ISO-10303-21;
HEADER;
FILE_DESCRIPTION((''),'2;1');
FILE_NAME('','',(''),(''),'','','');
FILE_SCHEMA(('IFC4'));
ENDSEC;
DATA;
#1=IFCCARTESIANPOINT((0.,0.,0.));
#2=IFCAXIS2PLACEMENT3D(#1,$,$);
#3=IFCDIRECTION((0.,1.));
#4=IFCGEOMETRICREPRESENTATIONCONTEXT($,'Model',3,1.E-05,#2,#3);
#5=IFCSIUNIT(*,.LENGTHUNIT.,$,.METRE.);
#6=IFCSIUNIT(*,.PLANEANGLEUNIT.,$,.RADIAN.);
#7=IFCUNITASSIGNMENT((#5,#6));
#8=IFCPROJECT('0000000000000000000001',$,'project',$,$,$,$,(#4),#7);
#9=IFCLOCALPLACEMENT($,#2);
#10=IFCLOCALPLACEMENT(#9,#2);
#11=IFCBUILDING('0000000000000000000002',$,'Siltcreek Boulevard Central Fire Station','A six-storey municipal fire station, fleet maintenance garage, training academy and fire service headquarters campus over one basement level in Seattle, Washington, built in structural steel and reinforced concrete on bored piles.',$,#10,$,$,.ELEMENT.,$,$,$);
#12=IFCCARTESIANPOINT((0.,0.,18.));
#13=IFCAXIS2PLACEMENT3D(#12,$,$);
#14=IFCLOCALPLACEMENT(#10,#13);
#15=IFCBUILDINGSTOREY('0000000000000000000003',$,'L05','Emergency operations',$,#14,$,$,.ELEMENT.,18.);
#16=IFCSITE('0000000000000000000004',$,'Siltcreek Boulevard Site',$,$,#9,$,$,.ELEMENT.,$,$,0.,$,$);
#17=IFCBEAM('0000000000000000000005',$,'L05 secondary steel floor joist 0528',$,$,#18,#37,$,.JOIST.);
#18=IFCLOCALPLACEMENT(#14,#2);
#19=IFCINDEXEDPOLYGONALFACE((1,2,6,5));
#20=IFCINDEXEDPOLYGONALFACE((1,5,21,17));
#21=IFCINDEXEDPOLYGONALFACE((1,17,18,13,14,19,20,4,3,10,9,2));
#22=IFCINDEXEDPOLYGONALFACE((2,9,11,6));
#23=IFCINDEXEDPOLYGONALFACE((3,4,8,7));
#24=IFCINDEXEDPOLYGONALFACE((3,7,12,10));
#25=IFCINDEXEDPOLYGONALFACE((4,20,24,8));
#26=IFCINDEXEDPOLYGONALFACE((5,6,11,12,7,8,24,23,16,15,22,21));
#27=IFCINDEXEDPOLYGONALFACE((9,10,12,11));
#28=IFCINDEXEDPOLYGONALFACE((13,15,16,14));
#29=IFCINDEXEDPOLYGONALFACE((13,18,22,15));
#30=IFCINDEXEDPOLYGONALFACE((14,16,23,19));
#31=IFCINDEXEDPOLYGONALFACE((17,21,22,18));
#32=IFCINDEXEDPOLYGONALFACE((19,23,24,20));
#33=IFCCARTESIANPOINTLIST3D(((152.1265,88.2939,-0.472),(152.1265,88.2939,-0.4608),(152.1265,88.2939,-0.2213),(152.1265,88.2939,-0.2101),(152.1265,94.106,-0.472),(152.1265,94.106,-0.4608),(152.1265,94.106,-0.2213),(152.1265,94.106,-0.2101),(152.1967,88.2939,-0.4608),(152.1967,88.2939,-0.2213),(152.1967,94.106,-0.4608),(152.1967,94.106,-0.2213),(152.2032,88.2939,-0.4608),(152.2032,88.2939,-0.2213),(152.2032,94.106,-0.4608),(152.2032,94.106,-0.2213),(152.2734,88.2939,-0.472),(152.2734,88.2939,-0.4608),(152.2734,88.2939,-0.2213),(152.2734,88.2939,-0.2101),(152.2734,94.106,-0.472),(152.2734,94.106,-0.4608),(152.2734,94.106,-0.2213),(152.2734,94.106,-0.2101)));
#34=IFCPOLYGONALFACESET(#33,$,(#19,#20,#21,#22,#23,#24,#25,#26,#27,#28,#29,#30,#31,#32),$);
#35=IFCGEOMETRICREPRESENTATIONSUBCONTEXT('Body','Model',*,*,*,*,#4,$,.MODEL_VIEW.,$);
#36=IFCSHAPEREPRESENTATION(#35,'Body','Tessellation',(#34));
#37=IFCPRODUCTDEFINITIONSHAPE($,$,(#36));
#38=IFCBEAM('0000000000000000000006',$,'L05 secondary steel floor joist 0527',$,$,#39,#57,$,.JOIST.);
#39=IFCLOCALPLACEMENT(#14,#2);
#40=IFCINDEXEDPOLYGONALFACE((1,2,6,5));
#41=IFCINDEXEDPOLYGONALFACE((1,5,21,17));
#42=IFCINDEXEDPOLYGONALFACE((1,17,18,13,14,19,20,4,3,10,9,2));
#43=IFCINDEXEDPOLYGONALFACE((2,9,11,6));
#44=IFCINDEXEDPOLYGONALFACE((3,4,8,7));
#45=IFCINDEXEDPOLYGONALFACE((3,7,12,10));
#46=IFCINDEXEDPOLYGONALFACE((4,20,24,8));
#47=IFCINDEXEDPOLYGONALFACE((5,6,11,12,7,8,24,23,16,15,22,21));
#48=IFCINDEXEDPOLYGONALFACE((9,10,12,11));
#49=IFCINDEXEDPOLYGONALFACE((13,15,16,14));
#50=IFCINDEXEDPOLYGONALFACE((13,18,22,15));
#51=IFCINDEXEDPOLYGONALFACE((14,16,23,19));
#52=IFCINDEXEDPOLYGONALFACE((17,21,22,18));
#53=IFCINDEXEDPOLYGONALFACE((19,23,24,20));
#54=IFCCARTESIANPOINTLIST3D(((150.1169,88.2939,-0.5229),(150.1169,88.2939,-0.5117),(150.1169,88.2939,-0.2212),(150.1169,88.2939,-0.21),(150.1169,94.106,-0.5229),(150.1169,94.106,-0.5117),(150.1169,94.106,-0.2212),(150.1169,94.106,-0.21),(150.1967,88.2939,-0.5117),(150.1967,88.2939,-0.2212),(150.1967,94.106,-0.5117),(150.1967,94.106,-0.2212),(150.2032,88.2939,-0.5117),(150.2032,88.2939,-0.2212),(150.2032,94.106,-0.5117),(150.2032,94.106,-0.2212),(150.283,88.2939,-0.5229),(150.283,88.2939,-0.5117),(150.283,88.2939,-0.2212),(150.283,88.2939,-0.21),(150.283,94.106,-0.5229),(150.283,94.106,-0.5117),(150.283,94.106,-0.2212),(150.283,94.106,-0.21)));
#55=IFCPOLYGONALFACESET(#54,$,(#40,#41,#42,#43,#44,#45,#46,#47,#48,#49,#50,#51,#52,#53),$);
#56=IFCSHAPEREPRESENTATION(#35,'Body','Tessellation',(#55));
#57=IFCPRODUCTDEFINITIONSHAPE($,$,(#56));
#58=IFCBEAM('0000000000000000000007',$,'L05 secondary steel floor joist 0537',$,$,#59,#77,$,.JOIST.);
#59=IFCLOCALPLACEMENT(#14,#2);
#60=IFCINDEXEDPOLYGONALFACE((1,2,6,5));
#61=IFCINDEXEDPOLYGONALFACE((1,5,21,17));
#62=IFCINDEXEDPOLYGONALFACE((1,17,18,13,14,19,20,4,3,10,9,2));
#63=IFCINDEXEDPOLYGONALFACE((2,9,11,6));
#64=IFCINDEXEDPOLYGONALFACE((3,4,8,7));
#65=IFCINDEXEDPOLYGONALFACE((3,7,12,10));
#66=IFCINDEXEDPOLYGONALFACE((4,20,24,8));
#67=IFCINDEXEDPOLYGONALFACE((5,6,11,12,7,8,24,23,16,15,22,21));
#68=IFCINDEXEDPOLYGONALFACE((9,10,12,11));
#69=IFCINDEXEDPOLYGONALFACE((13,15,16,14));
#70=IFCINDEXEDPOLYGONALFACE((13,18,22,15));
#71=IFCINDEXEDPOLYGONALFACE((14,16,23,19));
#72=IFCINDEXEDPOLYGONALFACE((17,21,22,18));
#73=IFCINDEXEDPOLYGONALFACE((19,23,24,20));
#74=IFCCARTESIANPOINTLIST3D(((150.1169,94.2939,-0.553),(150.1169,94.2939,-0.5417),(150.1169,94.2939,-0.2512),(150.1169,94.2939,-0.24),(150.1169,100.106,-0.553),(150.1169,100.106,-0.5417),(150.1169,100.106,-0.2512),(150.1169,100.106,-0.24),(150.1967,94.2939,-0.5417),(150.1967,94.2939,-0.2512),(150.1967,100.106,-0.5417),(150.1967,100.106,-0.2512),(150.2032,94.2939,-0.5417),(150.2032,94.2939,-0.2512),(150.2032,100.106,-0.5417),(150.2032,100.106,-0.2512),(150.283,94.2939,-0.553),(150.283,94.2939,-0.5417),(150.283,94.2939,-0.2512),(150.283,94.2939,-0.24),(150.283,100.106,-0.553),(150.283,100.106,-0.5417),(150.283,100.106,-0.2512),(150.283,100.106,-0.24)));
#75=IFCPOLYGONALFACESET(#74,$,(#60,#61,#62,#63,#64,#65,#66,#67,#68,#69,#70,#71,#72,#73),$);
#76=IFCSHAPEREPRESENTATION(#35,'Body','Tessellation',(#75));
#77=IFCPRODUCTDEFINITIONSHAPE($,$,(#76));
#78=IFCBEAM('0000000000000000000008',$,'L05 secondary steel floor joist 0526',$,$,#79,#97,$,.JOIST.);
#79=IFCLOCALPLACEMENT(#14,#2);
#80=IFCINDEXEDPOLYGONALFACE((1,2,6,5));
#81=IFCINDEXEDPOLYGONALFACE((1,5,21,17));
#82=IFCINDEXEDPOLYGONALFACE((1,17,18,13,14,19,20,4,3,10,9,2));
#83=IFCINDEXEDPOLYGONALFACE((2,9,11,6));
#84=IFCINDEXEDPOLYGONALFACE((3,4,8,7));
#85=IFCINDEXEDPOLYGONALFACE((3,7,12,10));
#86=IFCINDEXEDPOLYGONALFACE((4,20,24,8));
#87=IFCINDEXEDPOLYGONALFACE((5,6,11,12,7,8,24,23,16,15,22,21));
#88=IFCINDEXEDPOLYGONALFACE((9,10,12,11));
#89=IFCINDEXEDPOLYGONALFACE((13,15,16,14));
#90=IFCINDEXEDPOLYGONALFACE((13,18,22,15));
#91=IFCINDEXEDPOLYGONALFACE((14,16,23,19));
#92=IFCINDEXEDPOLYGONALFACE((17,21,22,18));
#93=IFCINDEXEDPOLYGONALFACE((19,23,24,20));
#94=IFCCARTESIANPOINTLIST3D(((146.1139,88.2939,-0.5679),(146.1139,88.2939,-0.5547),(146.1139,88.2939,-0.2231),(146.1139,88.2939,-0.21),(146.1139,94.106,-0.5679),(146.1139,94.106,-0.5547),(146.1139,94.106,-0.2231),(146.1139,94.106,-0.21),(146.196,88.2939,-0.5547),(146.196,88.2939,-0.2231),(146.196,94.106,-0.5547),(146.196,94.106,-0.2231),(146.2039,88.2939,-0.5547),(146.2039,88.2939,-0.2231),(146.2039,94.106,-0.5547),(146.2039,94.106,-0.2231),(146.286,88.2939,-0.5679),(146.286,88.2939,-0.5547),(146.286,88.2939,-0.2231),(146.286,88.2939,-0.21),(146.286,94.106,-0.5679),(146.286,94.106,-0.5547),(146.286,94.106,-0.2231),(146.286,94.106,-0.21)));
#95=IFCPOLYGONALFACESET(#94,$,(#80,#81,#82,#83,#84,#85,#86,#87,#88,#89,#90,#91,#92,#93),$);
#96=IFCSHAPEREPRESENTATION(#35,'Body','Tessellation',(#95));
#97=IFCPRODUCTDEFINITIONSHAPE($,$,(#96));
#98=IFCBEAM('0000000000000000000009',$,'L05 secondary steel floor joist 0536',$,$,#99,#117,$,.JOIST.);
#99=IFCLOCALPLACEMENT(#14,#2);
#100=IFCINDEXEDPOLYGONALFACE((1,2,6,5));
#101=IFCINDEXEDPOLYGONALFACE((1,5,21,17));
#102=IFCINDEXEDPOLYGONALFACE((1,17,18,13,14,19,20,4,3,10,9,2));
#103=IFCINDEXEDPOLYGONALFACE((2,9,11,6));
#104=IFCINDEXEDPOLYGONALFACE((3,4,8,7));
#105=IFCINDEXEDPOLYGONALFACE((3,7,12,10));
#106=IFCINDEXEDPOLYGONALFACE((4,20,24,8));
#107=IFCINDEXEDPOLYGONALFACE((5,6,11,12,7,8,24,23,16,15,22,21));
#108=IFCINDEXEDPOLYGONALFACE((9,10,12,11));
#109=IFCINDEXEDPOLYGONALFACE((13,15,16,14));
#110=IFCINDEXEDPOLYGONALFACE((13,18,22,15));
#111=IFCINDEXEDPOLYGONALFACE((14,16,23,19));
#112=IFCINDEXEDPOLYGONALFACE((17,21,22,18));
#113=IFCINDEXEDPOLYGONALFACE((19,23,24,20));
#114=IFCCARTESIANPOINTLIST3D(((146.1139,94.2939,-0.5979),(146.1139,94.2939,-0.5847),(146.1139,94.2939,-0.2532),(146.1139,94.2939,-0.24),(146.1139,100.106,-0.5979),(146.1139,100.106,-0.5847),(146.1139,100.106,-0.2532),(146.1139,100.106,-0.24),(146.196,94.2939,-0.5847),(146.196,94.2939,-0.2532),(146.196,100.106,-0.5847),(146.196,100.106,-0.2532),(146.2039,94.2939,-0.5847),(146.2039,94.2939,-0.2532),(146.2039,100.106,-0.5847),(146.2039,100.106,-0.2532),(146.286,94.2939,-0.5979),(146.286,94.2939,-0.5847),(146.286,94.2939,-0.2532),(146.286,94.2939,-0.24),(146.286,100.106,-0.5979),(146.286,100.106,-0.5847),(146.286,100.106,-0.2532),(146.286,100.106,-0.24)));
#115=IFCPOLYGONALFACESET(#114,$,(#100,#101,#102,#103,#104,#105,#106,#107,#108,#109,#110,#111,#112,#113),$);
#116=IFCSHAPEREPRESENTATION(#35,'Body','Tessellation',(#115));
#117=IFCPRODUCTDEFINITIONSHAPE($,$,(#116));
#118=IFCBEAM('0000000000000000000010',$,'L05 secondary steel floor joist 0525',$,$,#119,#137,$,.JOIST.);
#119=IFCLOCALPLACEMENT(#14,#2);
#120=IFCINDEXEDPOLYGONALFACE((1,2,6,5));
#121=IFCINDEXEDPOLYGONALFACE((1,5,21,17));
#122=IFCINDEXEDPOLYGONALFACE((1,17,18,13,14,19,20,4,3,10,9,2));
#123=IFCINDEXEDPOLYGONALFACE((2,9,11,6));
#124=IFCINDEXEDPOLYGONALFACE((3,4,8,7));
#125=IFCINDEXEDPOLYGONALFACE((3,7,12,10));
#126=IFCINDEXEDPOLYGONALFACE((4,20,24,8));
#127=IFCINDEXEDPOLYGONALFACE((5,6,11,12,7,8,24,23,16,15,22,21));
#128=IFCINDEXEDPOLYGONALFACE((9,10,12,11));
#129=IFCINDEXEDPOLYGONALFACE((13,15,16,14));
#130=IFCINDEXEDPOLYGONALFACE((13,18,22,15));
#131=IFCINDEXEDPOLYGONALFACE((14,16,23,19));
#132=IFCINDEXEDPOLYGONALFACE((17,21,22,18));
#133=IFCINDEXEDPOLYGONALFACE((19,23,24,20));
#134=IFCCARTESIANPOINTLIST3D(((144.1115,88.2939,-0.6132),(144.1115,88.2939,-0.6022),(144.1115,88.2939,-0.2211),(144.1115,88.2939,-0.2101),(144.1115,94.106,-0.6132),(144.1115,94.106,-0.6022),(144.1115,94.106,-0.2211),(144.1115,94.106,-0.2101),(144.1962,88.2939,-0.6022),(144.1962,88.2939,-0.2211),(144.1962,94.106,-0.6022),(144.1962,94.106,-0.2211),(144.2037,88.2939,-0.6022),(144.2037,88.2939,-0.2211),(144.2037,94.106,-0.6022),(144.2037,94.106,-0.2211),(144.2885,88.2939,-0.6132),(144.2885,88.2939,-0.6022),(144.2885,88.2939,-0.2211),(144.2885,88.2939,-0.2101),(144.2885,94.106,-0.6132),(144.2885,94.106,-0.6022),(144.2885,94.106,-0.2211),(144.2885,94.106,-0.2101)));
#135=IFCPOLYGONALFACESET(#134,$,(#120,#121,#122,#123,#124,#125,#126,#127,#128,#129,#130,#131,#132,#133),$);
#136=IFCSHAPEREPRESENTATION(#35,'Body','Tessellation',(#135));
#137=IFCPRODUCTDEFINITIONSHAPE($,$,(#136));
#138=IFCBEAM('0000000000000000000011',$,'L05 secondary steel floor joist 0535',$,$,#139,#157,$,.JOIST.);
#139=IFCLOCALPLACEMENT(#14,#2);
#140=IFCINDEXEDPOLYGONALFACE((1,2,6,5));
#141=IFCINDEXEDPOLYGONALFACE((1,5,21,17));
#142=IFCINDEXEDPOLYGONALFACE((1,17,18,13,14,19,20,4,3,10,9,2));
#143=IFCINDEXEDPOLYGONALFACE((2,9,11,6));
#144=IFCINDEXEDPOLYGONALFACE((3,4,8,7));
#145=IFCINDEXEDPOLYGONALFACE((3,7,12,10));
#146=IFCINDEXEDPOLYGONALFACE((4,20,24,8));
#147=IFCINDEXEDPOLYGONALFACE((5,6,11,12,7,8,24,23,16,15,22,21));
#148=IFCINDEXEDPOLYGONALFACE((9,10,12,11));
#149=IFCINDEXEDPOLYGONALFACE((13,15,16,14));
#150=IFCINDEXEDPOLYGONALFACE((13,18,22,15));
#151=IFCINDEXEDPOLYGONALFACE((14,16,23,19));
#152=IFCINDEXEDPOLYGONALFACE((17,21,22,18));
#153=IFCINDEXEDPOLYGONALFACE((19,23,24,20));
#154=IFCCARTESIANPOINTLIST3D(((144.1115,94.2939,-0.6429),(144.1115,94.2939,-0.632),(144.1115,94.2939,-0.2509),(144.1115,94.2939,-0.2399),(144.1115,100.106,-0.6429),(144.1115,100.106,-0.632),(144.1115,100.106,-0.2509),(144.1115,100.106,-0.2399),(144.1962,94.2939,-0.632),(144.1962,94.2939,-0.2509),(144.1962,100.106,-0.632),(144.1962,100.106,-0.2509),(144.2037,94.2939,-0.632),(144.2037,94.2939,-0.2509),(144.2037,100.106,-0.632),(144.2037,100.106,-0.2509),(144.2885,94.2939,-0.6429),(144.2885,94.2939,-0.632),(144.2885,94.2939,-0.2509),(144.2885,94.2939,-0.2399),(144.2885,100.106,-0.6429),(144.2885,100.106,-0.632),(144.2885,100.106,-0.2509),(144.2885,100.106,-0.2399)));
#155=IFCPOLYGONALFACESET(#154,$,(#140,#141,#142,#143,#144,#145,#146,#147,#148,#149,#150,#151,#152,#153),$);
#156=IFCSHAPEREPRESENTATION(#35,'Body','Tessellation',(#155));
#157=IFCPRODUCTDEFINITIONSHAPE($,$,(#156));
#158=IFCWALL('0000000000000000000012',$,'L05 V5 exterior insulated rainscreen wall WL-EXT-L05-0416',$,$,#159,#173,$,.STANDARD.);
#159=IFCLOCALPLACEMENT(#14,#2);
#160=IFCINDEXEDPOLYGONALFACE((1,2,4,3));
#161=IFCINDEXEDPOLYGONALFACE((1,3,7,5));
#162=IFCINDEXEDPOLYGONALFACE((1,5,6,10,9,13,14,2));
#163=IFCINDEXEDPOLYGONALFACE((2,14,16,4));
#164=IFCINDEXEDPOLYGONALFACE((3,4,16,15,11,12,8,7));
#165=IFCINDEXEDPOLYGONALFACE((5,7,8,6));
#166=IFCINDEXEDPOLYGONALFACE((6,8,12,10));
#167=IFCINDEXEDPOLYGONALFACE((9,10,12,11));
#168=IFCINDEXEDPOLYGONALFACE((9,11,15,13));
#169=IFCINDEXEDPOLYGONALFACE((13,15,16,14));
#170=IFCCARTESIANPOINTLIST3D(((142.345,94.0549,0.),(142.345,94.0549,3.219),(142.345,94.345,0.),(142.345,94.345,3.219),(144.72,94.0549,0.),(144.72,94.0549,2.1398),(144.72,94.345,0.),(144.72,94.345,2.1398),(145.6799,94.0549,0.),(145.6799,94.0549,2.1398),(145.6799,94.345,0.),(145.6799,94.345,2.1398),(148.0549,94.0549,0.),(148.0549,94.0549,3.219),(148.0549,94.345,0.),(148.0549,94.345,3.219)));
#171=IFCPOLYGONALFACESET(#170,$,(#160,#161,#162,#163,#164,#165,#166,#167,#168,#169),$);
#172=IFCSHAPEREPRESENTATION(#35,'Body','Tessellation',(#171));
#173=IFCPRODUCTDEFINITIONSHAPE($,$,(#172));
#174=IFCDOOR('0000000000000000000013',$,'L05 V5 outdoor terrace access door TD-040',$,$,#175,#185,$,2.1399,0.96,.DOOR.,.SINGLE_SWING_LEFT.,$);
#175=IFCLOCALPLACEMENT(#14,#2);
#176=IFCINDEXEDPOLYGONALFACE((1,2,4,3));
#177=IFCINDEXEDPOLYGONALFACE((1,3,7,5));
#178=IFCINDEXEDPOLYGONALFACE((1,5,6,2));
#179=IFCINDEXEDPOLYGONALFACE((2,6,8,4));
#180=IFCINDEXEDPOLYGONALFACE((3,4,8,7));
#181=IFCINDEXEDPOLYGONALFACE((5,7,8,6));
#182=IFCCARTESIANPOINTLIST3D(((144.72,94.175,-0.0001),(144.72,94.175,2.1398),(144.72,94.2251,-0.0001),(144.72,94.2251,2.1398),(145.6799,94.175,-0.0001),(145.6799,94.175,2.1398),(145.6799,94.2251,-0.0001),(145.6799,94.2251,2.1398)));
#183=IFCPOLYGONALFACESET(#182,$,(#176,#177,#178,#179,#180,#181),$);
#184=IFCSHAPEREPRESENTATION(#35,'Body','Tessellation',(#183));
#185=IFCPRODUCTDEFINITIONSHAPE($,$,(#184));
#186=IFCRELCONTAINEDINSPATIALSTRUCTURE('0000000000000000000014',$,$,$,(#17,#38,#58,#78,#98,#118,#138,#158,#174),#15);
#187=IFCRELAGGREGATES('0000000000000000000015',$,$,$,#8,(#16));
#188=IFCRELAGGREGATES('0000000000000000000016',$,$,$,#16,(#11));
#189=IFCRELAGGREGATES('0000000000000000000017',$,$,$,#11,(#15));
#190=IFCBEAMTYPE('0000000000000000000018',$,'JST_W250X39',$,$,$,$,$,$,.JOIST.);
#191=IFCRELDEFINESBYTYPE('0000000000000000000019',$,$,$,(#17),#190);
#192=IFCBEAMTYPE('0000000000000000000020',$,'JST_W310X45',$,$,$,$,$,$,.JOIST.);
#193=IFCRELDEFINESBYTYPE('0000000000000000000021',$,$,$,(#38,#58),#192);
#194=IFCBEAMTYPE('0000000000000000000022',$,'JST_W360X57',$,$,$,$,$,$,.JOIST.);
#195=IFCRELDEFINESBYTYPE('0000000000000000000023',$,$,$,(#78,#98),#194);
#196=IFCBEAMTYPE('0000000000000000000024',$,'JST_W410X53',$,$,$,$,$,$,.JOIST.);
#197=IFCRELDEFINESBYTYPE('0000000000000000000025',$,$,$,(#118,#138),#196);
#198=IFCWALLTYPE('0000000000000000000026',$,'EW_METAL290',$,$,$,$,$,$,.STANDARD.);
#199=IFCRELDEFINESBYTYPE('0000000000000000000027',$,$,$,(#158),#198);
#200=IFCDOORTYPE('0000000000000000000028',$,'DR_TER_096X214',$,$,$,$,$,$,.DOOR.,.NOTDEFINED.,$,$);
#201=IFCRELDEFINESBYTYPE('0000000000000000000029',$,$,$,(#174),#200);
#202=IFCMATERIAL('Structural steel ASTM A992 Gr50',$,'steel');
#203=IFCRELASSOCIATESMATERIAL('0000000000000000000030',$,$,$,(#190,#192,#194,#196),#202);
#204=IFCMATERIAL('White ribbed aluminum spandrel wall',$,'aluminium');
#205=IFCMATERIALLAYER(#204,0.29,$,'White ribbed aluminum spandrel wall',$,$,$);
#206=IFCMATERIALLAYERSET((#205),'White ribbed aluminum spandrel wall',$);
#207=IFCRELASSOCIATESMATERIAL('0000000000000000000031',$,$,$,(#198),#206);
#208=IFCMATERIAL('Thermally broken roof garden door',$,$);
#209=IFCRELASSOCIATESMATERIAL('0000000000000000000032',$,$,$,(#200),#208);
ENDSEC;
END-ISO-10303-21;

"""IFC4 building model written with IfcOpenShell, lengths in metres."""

from ifc_helpers import new_model, si_unit, direction, frame, frame_2d, origin, origin_2d, place, context, subcontext, project, spatial, rectangle, i_section, extrude, material, layer, layer_set, material_profile, profile_set, type_object, element, fill, save


model = new_model("IFC4")

# Units and contexts
model_context = context("Model", 3, precision=1e-05, world=origin(), true_north=direction((0.0, 1.0)))
body_context = subcontext(model_context, "Body", "Model", "MODEL_VIEW")
ifc_project = project(units=[si_unit("LENGTHUNIT", "METRE"), si_unit("PLANEANGLEUNIT", "RADIAN")], contexts=[model_context])

# Site, building, storey
site_placement = place(None, origin())
site = spatial("IfcSite", under=ifc_project, at=site_placement, Name="Siltcreek Boulevard Site", CompositionType="ELEMENT", RefElevation=0.0)
building_placement = place(site_placement, origin())
building = spatial("IfcBuilding", under=site, at=building_placement, Name="Siltcreek Boulevard Central Fire Station", Description="A six-storey municipal fire station, fleet maintenance garage, training academy and fire service headquarters campus over one basement level in Seattle, Washington, built in structural steel and reinforced concrete on bored piles.", CompositionType="ELEMENT")
storey_placement = place(building_placement, frame((0.0, 0.0, 18.0)))
storey = spatial("IfcBuildingStorey", under=building, at=storey_placement, Name="L05", Description="Emergency operations", CompositionType="ELEMENT", Elevation=18.0)

# Shared definitions
ifc_material_1 = material(Name="Structural steel ASTM A992 Gr50", Category="steel")

# Beams
ifc_material_profile_1 = material_profile(ifc_material_1, i_section(OverallWidth=0.147, OverallDepth=0.262, WebThickness=0.0066, FlangeThickness=0.0112, at=origin_2d()), Name="W250X39")
ifc_profile_set_1 = profile_set([ifc_material_profile_1], Name="Structural steel ASTM A992 Gr50")
beam_type_1 = type_object("IfcBeamType", Name="JST_W250X39", PredefinedType="JOIST", material=ifc_profile_set_1)
beam_placement = place(storey_placement, frame((152.2, 88.2939, -0.3411), z_axis=(0.0, 1.0, 0.0), x_axis=(-1.0, 0.0, 0.0)))
element("IfcBeam", 1, at=beam_placement, inside=storey, type_object=beam_type_1, Name="L05 secondary steel floor joist 0528", PredefinedType="JOIST", context=body_context, shape_type="SweptSolid", body=[
    extrude(i_section(OverallWidth=0.147, OverallDepth=0.262, WebThickness=0.0066, FlangeThickness=0.0112, at=origin_2d()), origin(), (0.0, 0.0, 1.0), 5.812),
])
ifc_material_profile_2 = material_profile(ifc_material_1, i_section(OverallWidth=0.166, OverallDepth=0.313, WebThickness=0.0066, FlangeThickness=0.0112, at=origin_2d()), Name="W310X45")
ifc_profile_set_2 = profile_set([ifc_material_profile_2], Name="Structural steel ASTM A992 Gr50")
beam_type_2 = type_object("IfcBeamType", Name="JST_W310X45", PredefinedType="JOIST", material=ifc_profile_set_2)
for number, where, z_axis, x_axis, name in (
    (2, (150.2, 88.2939, -0.3665), (0.0, 1.0, 0.0), (-1.0, 0.0, 0.0), "L05 secondary steel floor joist 0527"),
    (3, (150.2, 94.2939, -0.3965), (0.0, 1.0, 0.0), (-1.0, 0.0, 0.0), "L05 secondary steel floor joist 0537"),
):
    element("IfcBeam", number, at=place(storey_placement, frame(where, z_axis=z_axis, x_axis=x_axis)), inside=storey, type_object=beam_type_2, Name=name, PredefinedType="JOIST", context=body_context, shape_type="SweptSolid", body=[
        extrude(i_section(OverallWidth=0.166, OverallDepth=0.313, WebThickness=0.0066, FlangeThickness=0.0112, at=origin_2d()), origin(), (0.0, 0.0, 1.0), 5.812),
    ])
ifc_material_profile_3 = material_profile(ifc_material_1, i_section(OverallWidth=0.1721, OverallDepth=0.3579, WebThickness=0.0078, FlangeThickness=0.0132, at=origin_2d()), Name="W360X57")
ifc_profile_set_3 = profile_set([ifc_material_profile_3], Name="Structural steel ASTM A992 Gr50")
beam_type_3 = type_object("IfcBeamType", Name="JST_W360X57", PredefinedType="JOIST", material=ifc_profile_set_3)
for number, where, z_axis, x_axis, name in (
    (4, (146.2, 88.2939, -0.3889), (0.0, 1.0, 0.0), (-1.0, 0.0, 0.0), "L05 secondary steel floor joist 0526"),
    (5, (146.2, 94.2939, -0.4189), (0.0, 1.0, 0.0), (-1.0, 0.0, 0.0), "L05 secondary steel floor joist 0536"),
):
    element("IfcBeam", number, at=place(storey_placement, frame(where, z_axis=z_axis, x_axis=x_axis)), inside=storey, type_object=beam_type_3, Name=name, PredefinedType="JOIST", context=body_context, shape_type="SweptSolid", body=[
        extrude(i_section(OverallWidth=0.1721, OverallDepth=0.3579, WebThickness=0.0078, FlangeThickness=0.0132, at=origin_2d()), origin(), (0.0, 0.0, 1.0), 5.812),
    ])
ifc_material_profile_4 = material_profile(ifc_material_1, i_section(OverallWidth=0.177, OverallDepth=0.4031, WebThickness=0.0076, FlangeThickness=0.011, at=origin_2d()), Name="W410X53")
ifc_profile_set_4 = profile_set([ifc_material_profile_4], Name="Structural steel ASTM A992 Gr50")
beam_type_4 = type_object("IfcBeamType", Name="JST_W410X53", PredefinedType="JOIST", material=ifc_profile_set_4)
for number, where, z_axis, x_axis, name in (
    (6, (144.2, 88.2939, -0.4116), (0.0, 1.0, 0.0), (-1.0, 0.0, 0.0), "L05 secondary steel floor joist 0525"),
    (7, (144.2, 94.2939, -0.4414), (0.0, 1.0, 0.0), (-1.0, 0.0, 0.0), "L05 secondary steel floor joist 0535"),
):
    element("IfcBeam", number, at=place(storey_placement, frame(where, z_axis=z_axis, x_axis=x_axis)), inside=storey, type_object=beam_type_4, Name=name, PredefinedType="JOIST", context=body_context, shape_type="SweptSolid", body=[
        extrude(i_section(OverallWidth=0.177, OverallDepth=0.4031, WebThickness=0.0076, FlangeThickness=0.011, at=origin_2d()), origin(), (0.0, 0.0, 1.0), 5.812),
    ])

# Wall, opening, door
ifc_material_2 = material(Name="White ribbed aluminum spandrel wall", Category="aluminium")
ifc_layer_1 = layer(ifc_material_2, 0.29, Name="White ribbed aluminum spandrel wall")
ifc_layer_set_1 = layer_set([ifc_layer_1], Name="White ribbed aluminum spandrel wall")
wall_type_1 = type_object("IfcWallType", Name="EW_METAL290", PredefinedType="STANDARD", material=ifc_layer_set_1)
wall_1_placement = place(storey_placement, frame((142.345, 94.2, 0.0), z_axis=(0.0, 0.0, 1.0), x_axis=(1.0, 0.0, 0.0)))
wall_1 = element("IfcWall", 8, at=wall_1_placement, inside=storey, type_object=wall_type_1, Name="L05 V5 exterior insulated rainscreen wall WL-EXT-L05-0416", PredefinedType="STANDARD", context=body_context, shape_type="SweptSolid", body=[
    extrude(rectangle(XDim=5.71, YDim=0.29, at=frame_2d((2.855, 0.0))), origin(), (0.0, 0.0, 1.0), 3.219),
])
opening_1_placement = place(wall_1_placement, frame((2.375, 0.0, 0.0)))
opening_1 = element("IfcOpeningElement", 9, at=opening_1_placement, cuts=wall_1, PredefinedType="OPENING", context=body_context, shape_type="SweptSolid", body=[
    extrude(rectangle(XDim=0.96, YDim=2.1399, at=frame_2d((0.48, 1.0698))), frame((0.0, 0.155, 0.0), z_axis=(0.0, -1.0, 0.0), x_axis=(1.0, 0.0, 0.0)), (0.0, 0.0, 1.0), 0.3101),
])
ifc_material_3 = material(Name="Thermally broken roof garden door")
door_type_1 = type_object("IfcDoorType", Name="DR_TER_096X214", OperationType="NOTDEFINED", PredefinedType="DOOR", material=ifc_material_3)
door_1_placement = place(opening_1_placement, frame((0.96, 0.0, 0.0), z_axis=(0.0, 0.0, 1.0), x_axis=(-1.0, 0.0, 0.0)))
door_1 = element("IfcDoor", 10, at=door_1_placement, inside=storey, type_object=door_type_1, Name="L05 V5 outdoor terrace access door TD-040", OperationType="SINGLE_SWING_LEFT", OverallHeight=2.1399, OverallWidth=0.96, PredefinedType="DOOR", context=body_context, shape_type="SweptSolid", body=[
    extrude(rectangle(XDim=0.96, YDim=2.1399, at=frame_2d((0.48, 1.0698))), frame((0.0, 0.0249, 0.0), z_axis=(0.0, -1.0, 0.0), x_axis=(1.0, 0.0, 0.0)), (0.0, 0.0, 1.0), 0.05),
])
fill(opening_1, door_1)

save(model, "model.ifc")
